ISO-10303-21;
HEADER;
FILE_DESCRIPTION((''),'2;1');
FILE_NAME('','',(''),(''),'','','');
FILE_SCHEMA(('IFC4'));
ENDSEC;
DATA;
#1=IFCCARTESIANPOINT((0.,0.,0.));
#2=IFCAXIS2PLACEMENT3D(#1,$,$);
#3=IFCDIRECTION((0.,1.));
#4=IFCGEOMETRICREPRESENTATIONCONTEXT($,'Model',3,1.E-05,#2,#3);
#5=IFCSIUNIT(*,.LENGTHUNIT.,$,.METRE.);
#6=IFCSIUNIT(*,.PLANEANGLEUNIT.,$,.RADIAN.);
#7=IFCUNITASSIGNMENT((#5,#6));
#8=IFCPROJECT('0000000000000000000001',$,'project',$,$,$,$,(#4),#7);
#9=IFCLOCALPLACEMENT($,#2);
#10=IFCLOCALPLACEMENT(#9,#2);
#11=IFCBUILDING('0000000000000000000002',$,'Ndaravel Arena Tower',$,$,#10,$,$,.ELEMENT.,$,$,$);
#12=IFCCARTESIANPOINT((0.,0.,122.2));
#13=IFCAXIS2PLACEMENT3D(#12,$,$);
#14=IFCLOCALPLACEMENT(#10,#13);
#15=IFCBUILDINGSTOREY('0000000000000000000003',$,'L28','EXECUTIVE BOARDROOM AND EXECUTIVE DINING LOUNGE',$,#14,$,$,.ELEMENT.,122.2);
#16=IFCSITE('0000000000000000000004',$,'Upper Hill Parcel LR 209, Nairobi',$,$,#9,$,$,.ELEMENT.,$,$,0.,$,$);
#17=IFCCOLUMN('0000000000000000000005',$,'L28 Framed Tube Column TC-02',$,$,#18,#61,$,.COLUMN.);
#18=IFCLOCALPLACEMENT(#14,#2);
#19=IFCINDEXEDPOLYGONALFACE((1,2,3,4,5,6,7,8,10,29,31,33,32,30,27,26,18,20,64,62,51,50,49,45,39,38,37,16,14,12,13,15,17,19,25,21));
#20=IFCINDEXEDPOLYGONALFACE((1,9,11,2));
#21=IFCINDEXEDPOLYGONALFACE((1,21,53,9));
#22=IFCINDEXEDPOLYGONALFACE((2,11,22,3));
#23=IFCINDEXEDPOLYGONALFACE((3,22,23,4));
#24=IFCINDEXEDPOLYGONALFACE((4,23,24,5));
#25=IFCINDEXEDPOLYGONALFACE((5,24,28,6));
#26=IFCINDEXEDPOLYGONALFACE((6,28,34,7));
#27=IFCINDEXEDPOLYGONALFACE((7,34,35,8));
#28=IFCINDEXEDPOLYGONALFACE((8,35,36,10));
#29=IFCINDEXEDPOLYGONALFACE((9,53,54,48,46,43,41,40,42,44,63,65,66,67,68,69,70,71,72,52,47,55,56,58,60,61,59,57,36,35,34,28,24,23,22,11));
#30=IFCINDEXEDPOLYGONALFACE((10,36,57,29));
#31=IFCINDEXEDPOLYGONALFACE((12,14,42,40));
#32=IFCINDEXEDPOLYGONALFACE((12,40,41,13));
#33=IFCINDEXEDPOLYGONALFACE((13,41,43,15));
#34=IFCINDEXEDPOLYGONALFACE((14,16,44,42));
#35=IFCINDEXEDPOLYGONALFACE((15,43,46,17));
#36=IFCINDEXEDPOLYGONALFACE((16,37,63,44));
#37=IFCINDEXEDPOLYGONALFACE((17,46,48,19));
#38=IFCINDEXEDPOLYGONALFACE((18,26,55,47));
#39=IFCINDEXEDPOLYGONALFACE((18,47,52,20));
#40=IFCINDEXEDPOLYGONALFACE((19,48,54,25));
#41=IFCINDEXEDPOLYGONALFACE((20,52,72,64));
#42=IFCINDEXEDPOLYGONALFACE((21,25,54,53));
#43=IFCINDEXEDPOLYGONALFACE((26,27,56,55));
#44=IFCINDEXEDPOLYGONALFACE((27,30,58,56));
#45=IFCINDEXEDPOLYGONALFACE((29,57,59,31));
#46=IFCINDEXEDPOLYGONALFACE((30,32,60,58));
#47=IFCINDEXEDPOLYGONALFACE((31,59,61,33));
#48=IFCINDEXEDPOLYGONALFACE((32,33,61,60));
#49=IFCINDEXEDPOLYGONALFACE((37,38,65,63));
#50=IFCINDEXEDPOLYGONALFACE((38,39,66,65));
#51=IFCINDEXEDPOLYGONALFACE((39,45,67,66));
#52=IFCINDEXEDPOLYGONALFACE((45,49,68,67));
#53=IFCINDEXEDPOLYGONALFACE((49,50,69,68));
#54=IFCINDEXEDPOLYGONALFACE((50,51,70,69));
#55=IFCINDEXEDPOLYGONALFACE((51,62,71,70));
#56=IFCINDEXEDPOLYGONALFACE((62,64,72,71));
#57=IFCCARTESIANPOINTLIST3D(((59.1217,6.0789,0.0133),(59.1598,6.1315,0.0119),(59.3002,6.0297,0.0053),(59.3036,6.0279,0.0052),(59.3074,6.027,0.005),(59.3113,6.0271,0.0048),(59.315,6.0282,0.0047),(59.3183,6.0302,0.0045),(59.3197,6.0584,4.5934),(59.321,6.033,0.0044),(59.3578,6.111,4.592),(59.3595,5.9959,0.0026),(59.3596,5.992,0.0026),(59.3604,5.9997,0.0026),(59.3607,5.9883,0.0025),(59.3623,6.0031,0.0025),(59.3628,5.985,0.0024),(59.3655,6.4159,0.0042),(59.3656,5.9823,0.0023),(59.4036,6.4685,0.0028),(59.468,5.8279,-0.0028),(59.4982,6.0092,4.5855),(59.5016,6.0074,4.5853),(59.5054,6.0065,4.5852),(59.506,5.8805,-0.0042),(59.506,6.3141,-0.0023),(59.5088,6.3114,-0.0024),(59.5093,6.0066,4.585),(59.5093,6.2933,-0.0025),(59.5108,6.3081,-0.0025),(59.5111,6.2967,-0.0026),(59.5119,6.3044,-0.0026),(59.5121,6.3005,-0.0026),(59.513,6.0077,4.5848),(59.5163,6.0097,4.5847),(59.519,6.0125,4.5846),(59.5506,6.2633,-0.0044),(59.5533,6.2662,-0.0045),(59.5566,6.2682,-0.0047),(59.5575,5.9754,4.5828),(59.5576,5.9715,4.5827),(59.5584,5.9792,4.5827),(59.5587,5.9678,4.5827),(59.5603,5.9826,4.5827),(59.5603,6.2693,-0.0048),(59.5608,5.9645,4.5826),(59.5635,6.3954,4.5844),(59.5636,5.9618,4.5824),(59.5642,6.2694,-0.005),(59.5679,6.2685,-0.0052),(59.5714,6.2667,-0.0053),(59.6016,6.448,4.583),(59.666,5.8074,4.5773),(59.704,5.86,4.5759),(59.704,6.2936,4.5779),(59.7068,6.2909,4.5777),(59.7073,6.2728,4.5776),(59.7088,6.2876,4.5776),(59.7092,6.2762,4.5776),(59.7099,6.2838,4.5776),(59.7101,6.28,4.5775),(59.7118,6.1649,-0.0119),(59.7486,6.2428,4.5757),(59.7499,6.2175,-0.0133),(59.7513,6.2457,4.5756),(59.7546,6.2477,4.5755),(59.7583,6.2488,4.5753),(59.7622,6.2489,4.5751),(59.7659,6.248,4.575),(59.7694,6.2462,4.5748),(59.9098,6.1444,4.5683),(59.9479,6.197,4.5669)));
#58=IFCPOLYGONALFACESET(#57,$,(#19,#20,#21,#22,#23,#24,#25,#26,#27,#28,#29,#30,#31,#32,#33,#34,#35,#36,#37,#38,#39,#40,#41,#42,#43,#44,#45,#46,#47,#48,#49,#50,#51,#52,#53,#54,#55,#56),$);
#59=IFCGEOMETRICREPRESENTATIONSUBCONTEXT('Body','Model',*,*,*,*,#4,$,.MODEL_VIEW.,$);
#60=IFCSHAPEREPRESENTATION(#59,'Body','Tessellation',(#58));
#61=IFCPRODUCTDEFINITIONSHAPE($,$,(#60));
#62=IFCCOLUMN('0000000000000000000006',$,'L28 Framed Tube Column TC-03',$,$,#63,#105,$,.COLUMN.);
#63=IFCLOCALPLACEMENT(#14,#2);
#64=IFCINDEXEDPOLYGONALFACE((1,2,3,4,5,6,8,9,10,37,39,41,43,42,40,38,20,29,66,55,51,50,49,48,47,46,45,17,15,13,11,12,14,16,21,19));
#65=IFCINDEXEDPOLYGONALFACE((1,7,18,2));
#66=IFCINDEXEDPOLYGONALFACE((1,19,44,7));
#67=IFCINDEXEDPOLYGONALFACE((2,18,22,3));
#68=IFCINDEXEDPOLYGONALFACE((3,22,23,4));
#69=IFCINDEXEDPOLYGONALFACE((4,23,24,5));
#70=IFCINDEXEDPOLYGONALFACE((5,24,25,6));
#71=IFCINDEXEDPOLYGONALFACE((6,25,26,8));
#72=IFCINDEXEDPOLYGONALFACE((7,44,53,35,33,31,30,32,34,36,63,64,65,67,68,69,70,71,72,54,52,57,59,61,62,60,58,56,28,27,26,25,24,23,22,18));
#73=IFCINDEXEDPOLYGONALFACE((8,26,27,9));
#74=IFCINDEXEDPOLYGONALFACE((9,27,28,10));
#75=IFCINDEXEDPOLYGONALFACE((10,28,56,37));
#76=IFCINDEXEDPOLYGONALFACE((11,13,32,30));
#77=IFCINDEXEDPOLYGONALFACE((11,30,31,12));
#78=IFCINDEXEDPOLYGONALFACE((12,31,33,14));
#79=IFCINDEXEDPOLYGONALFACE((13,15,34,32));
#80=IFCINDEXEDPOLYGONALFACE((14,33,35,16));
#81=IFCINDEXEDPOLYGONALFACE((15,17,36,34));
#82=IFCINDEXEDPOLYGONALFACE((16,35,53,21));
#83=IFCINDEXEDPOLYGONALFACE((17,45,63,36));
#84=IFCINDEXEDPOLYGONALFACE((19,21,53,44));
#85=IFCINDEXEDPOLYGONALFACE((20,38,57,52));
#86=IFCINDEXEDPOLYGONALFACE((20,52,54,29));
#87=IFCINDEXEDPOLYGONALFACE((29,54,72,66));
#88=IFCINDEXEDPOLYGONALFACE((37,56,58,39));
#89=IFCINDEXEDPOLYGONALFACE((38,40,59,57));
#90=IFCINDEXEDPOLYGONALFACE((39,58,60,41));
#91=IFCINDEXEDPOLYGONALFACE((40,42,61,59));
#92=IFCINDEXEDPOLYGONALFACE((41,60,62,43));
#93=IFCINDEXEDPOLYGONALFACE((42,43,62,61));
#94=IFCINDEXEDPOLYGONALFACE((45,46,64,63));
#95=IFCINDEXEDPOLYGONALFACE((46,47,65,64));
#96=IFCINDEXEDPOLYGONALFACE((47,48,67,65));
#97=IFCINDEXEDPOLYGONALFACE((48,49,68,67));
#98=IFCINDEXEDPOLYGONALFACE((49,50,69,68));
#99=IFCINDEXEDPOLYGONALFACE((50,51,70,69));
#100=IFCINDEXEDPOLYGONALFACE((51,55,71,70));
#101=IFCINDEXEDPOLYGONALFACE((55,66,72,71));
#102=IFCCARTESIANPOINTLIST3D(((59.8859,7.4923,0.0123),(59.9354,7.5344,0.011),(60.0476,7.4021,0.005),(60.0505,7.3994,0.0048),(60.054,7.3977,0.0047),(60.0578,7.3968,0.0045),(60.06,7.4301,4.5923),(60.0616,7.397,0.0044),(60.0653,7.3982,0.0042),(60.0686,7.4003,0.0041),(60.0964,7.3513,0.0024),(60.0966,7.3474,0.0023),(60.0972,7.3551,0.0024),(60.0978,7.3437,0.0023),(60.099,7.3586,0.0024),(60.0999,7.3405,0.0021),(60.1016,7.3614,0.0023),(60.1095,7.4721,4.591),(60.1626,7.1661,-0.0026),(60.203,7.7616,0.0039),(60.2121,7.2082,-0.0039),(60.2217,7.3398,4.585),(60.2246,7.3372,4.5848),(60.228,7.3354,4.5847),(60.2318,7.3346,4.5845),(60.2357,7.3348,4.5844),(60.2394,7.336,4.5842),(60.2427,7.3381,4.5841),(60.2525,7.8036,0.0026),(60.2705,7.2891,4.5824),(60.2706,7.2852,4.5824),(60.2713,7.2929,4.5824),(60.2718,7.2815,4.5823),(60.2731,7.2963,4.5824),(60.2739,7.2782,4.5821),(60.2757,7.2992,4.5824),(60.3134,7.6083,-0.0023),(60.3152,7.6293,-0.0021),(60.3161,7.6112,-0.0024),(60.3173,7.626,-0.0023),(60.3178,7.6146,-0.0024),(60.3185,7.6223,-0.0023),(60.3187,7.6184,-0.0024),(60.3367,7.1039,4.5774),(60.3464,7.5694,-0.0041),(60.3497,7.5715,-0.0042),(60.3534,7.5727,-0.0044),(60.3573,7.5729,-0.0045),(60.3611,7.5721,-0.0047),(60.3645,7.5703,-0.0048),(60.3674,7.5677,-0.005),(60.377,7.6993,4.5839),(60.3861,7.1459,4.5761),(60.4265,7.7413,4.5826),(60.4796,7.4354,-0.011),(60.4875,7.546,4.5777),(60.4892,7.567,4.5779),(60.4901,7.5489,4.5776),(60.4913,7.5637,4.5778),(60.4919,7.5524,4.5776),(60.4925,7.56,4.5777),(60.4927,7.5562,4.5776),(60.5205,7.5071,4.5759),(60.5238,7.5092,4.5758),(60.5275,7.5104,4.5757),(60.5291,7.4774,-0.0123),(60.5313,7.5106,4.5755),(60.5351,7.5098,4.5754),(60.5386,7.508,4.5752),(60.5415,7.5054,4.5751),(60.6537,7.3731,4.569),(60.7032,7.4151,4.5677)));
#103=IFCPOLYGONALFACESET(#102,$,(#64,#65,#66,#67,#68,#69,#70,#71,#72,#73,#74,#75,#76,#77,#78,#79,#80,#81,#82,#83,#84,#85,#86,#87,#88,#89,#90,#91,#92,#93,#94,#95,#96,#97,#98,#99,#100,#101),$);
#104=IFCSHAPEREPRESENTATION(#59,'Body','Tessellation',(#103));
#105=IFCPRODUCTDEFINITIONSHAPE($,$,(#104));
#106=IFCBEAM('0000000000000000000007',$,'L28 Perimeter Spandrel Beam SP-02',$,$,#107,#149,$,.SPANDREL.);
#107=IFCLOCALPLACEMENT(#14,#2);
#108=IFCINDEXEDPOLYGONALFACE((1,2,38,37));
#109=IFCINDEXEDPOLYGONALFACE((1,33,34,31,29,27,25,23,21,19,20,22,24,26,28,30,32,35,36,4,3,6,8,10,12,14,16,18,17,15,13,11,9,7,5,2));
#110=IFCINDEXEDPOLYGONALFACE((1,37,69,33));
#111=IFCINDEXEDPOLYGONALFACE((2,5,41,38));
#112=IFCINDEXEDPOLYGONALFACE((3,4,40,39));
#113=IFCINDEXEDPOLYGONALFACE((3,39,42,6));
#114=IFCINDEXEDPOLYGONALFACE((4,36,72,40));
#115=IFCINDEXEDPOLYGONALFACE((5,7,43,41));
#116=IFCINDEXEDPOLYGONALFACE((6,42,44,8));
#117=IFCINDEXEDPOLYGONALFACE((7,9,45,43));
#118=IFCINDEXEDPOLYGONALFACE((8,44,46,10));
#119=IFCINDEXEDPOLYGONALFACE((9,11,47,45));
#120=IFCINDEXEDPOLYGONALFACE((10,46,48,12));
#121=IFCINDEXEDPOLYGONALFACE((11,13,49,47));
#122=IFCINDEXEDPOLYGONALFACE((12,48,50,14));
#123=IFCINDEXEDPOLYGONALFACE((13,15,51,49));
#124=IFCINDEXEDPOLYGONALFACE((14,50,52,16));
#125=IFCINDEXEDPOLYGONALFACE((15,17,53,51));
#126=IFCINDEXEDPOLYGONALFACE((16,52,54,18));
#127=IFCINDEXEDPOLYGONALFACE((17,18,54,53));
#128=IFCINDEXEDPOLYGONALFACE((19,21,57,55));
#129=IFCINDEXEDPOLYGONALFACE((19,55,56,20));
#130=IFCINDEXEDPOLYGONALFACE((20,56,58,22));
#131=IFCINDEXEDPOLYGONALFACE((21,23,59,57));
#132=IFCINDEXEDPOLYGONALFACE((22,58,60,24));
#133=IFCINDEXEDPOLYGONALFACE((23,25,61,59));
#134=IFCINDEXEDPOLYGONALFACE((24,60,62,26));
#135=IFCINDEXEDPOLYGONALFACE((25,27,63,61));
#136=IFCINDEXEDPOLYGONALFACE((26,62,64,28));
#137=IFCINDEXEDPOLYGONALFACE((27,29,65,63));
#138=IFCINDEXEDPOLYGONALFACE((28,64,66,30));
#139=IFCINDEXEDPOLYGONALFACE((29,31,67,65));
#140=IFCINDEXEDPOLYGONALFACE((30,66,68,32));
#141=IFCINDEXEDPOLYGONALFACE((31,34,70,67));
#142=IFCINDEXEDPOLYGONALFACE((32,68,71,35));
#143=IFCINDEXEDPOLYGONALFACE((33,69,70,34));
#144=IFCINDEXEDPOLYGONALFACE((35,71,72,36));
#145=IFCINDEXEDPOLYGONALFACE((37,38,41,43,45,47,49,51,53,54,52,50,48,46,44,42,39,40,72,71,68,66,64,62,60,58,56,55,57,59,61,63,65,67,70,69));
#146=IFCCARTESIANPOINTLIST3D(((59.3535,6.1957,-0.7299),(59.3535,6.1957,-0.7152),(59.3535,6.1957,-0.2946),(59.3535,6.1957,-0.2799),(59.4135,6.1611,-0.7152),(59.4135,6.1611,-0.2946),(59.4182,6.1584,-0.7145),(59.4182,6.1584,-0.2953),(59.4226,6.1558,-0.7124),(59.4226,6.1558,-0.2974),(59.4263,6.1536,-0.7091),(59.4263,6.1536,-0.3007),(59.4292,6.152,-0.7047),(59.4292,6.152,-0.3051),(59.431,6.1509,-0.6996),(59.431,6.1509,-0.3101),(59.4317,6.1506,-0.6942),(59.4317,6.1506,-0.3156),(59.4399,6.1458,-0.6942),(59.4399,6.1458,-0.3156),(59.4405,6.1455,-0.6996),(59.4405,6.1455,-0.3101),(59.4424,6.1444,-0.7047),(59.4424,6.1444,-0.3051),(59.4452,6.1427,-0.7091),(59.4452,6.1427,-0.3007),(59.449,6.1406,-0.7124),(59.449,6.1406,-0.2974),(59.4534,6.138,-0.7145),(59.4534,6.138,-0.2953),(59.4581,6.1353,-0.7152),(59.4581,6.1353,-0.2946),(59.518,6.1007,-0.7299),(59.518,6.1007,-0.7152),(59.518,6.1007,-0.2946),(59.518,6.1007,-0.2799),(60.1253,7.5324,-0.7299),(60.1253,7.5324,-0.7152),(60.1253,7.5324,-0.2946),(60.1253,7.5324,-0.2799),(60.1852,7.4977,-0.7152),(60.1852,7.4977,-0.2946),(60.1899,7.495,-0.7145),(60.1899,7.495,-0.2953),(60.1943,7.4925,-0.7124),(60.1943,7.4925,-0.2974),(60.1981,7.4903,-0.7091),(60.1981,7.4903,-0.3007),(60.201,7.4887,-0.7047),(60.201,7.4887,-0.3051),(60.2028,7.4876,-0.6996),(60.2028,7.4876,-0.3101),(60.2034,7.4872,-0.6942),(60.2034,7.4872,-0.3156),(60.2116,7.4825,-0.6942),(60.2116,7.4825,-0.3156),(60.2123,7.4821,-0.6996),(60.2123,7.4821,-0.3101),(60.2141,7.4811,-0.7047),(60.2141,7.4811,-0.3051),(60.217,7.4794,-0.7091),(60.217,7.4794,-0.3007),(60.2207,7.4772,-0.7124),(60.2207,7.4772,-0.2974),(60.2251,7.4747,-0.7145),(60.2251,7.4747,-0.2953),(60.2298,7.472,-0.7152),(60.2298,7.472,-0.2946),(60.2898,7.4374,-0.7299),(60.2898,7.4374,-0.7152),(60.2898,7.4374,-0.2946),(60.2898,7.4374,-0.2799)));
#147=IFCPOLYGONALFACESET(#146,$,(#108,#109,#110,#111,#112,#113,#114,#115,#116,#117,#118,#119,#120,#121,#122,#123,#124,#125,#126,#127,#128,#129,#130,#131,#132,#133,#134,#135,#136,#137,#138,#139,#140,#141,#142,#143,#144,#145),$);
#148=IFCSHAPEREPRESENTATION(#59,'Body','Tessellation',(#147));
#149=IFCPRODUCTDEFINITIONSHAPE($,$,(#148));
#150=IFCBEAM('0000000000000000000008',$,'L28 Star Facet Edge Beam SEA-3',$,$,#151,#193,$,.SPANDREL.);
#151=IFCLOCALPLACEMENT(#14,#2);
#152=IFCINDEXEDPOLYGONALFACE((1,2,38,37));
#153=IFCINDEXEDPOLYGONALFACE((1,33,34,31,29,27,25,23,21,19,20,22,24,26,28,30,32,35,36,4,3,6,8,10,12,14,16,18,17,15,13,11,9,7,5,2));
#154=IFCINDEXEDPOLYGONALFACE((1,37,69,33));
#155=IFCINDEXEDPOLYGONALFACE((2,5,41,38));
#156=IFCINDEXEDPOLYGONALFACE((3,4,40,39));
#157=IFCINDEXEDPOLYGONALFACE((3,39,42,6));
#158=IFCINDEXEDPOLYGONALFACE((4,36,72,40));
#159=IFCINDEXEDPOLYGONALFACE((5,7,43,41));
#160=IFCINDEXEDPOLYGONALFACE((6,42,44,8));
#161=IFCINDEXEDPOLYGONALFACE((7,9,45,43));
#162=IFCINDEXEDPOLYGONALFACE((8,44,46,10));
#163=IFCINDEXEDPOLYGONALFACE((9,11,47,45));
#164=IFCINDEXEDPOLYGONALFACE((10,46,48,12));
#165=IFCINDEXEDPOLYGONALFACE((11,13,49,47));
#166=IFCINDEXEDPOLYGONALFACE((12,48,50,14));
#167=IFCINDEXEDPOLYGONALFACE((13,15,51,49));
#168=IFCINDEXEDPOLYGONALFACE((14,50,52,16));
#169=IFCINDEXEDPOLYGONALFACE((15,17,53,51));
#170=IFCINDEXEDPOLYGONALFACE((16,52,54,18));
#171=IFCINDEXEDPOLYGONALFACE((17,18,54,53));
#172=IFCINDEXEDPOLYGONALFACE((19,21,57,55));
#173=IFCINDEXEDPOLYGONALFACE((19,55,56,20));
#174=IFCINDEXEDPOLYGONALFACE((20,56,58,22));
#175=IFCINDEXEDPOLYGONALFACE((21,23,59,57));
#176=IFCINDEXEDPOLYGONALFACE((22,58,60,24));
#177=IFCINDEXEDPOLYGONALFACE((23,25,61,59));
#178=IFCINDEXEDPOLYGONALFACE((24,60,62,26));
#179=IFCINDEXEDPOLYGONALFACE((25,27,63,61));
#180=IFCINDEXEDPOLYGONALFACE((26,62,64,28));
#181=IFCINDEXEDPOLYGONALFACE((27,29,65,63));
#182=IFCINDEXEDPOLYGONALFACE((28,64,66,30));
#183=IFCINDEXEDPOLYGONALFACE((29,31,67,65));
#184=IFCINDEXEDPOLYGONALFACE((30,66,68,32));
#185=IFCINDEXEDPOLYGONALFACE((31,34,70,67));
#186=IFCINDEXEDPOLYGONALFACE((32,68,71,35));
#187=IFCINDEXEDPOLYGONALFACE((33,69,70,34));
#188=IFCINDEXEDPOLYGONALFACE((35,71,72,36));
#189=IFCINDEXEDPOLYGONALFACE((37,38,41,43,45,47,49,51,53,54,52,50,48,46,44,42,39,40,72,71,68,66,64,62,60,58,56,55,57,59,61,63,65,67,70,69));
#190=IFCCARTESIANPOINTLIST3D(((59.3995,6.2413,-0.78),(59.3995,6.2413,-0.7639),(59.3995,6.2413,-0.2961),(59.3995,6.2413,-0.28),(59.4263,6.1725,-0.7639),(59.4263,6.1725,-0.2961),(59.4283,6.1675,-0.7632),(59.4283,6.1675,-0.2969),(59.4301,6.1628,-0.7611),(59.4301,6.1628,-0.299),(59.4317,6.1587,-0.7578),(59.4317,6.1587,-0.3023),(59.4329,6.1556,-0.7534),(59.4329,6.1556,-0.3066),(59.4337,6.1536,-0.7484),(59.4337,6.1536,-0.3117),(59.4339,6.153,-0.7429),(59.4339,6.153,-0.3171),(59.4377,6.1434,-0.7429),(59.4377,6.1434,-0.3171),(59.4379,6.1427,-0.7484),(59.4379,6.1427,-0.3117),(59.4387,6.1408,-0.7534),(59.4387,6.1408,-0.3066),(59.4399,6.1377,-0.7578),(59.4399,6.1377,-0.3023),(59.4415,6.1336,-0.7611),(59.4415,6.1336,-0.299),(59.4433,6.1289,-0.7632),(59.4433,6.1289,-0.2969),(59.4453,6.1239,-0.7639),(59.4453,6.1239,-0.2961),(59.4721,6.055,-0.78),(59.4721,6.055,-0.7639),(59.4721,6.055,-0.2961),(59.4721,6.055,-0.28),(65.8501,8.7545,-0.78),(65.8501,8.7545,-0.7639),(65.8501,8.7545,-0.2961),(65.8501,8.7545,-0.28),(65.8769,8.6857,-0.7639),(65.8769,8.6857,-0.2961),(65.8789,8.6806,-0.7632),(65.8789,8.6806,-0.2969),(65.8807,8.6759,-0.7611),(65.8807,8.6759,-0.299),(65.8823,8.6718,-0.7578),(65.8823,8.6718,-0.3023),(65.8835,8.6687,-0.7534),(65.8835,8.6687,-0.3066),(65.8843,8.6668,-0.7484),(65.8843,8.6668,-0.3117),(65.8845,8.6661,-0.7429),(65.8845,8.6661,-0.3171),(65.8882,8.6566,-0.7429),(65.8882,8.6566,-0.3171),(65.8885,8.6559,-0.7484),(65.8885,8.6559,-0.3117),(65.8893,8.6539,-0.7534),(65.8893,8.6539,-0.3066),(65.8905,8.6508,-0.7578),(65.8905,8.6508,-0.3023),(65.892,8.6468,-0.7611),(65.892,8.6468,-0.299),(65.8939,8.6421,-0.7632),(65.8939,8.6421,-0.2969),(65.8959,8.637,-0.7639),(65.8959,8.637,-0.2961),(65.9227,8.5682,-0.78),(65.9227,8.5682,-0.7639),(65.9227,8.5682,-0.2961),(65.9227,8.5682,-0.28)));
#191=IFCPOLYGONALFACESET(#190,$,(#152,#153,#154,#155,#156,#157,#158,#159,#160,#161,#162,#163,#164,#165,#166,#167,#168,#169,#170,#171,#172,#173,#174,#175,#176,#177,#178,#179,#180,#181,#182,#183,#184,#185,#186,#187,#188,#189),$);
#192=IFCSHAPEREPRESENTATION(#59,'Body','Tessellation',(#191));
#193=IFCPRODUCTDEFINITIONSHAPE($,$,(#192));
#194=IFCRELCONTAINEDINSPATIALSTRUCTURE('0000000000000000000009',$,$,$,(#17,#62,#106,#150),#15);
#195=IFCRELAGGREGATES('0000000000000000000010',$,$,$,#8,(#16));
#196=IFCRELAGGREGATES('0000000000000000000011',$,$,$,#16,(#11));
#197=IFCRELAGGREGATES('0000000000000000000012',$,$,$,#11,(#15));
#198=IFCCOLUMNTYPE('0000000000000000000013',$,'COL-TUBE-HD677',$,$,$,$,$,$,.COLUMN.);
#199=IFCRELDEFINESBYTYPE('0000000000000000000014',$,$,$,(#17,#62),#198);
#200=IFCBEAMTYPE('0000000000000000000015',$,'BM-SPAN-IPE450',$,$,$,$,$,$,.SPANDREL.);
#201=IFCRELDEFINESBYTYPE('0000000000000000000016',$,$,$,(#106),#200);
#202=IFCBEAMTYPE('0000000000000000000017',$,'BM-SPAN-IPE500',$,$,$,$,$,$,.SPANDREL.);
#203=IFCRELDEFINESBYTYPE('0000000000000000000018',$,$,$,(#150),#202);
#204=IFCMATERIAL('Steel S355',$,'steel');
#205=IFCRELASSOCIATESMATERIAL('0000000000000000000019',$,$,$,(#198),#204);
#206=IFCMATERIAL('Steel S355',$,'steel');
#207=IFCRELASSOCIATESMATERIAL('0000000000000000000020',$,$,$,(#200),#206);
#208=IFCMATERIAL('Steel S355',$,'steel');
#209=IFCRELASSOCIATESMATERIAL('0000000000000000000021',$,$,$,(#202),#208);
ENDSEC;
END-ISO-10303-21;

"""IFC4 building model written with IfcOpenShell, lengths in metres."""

from ifc_helpers import new_model, si_unit, direction, frame, origin, origin_2d, place, context, subcontext, project, spatial, i_section, extrude, material, material_profile, profile_set, type_object, element, save


model = new_model("IFC4")

# Units and contexts
model_context = context("Model", 3, precision=1e-05, world=origin(), true_north=direction((0.0, 1.0)))
body_context = subcontext(model_context, "Body", "Model", "MODEL_VIEW")
ifc_project = project(units=[si_unit("LENGTHUNIT", "METRE"), si_unit("PLANEANGLEUNIT", "RADIAN")], contexts=[model_context])

# Site, building, storey
site_placement = place(None, origin())
site = spatial("IfcSite", under=ifc_project, at=site_placement, Name="Upper Hill Parcel LR 209, Nairobi", CompositionType="ELEMENT", RefElevation=0.0)
building_placement = place(site_placement, origin())
building = spatial("IfcBuilding", under=site, at=building_placement, Name="Ndaravel Arena Tower", CompositionType="ELEMENT")
storey_placement = place(building_placement, frame((0.0, 0.0, 122.2)))
storey = spatial("IfcBuildingStorey", under=building, at=storey_placement, Name="L28", Description="EXECUTIVE BOARDROOM AND EXECUTIVE DINING LOUNGE", CompositionType="ELEMENT", Elevation=122.2)

# Columns
ifc_material_1 = material(Name="Steel S355", Category="steel")
ifc_material_profile_1 = material_profile(ifc_material_1, i_section(OverallWidth=0.428, OverallDepth=0.481, WebThickness=0.051, FlangeThickness=0.0649, FilletRadius=0.0149, at=origin_2d()), Name="HD 400x677")
ifc_profile_set_1 = profile_set([ifc_material_profile_1], Name="Steel S355")
column_type = type_object("IfcColumnType", Name="COL-TUBE-HD677", PredefinedType="COLUMN", material=ifc_profile_set_1)
column_1_placement = place(storey_placement, frame((59.4358, 6.1482, 0.0), z_axis=(0.04319, -0.004473, 0.999057), x_axis=(-0.809092, 0.586477, 0.037603)))
element("IfcColumn", 1, at=column_1_placement, inside=storey, type_object=column_type, Name="L28 Framed Tube Column TC-02", PredefinedType="COLUMN", context=body_context, shape_type="SweptSolid", body=[
    extrude(i_section(OverallWidth=0.428, OverallDepth=0.481, WebThickness=0.051, FlangeThickness=0.0649, FilletRadius=0.0149, at=origin_2d()), origin(), (0.0, 0.0, 1.0), 4.5845),
])
column_2_placement = place(storey_placement, frame((60.2075, 7.4849, 0.0), z_axis=(0.037975, -0.013582, 0.999186), x_axis=(-0.646402, 0.762197, 0.034928)))
element("IfcColumn", 2, at=column_2_placement, inside=storey, type_object=column_type, Name="L28 Framed Tube Column TC-03", PredefinedType="COLUMN", context=body_context, shape_type="SweptSolid", body=[
    extrude(i_section(OverallWidth=0.428, OverallDepth=0.481, WebThickness=0.051, FlangeThickness=0.0649, FilletRadius=0.0149, at=origin_2d()), origin(), (0.0, 0.0, 1.0), 4.5837),
])

# Beams
ifc_material_2 = material(Name="Steel S355", Category="steel")
ifc_material_profile_2 = material_profile(ifc_material_2, i_section(OverallWidth=0.1899, OverallDepth=0.45, WebThickness=0.0095, FlangeThickness=0.0146, FilletRadius=0.021, at=origin_2d()), Name="IPE 450")
ifc_profile_set_2 = profile_set([ifc_material_profile_2], Name="Steel S355")
beam_type_1 = type_object("IfcBeamType", Name="BM-SPAN-IPE450", PredefinedType="SPANDREL", material=ifc_profile_set_2)
beam_1_placement = place(storey_placement, frame((59.4358, 6.1482, -0.5049), z_axis=(0.500001, 0.866025, 0.0), x_axis=(-0.866025, 0.500001, 0.0)))
element("IfcBeam", 3, at=beam_1_placement, inside=storey, type_object=beam_type_1, Name="L28 Perimeter Spandrel Beam SP-02", PredefinedType="SPANDREL", context=body_context, shape_type="SweptSolid", body=[
    extrude(i_section(OverallWidth=0.1899, OverallDepth=0.45, WebThickness=0.0095, FlangeThickness=0.0146, FilletRadius=0.021, at=origin_2d()), origin(), (0.0, 0.0, 1.0), 1.5435),
])
ifc_material_3 = material(Name="Steel S355", Category="steel")
ifc_material_profile_3 = material_profile(ifc_material_3, i_section(OverallWidth=0.2, OverallDepth=0.5, WebThickness=0.0103, FlangeThickness=0.0161, FilletRadius=0.021, at=origin_2d()), Name="IPE 500")
ifc_profile_set_3 = profile_set([ifc_material_profile_3], Name="Steel S355")
beam_type_2 = type_object("IfcBeamType", Name="BM-SPAN-IPE500", PredefinedType="SPANDREL", material=ifc_profile_set_3)
beam_2_placement = place(storey_placement, frame((59.4358, 6.1482, -0.53), z_axis=(0.931781, 0.363021, 0.0), x_axis=(-0.363021, 0.931781, 0.0)))
element("IfcBeam", 4, at=beam_2_placement, inside=storey, type_object=beam_type_2, Name="L28 Star Facet Edge Beam SEA-3", PredefinedType="SPANDREL", context=body_context, shape_type="SweptSolid", body=[
    extrude(i_section(OverallWidth=0.2, OverallDepth=0.5, WebThickness=0.0103, FlangeThickness=0.0161, FilletRadius=0.021, at=origin_2d()), origin(), (0.0, 0.0, 1.0), 6.9229),
])

save(model, "model.ifc")
